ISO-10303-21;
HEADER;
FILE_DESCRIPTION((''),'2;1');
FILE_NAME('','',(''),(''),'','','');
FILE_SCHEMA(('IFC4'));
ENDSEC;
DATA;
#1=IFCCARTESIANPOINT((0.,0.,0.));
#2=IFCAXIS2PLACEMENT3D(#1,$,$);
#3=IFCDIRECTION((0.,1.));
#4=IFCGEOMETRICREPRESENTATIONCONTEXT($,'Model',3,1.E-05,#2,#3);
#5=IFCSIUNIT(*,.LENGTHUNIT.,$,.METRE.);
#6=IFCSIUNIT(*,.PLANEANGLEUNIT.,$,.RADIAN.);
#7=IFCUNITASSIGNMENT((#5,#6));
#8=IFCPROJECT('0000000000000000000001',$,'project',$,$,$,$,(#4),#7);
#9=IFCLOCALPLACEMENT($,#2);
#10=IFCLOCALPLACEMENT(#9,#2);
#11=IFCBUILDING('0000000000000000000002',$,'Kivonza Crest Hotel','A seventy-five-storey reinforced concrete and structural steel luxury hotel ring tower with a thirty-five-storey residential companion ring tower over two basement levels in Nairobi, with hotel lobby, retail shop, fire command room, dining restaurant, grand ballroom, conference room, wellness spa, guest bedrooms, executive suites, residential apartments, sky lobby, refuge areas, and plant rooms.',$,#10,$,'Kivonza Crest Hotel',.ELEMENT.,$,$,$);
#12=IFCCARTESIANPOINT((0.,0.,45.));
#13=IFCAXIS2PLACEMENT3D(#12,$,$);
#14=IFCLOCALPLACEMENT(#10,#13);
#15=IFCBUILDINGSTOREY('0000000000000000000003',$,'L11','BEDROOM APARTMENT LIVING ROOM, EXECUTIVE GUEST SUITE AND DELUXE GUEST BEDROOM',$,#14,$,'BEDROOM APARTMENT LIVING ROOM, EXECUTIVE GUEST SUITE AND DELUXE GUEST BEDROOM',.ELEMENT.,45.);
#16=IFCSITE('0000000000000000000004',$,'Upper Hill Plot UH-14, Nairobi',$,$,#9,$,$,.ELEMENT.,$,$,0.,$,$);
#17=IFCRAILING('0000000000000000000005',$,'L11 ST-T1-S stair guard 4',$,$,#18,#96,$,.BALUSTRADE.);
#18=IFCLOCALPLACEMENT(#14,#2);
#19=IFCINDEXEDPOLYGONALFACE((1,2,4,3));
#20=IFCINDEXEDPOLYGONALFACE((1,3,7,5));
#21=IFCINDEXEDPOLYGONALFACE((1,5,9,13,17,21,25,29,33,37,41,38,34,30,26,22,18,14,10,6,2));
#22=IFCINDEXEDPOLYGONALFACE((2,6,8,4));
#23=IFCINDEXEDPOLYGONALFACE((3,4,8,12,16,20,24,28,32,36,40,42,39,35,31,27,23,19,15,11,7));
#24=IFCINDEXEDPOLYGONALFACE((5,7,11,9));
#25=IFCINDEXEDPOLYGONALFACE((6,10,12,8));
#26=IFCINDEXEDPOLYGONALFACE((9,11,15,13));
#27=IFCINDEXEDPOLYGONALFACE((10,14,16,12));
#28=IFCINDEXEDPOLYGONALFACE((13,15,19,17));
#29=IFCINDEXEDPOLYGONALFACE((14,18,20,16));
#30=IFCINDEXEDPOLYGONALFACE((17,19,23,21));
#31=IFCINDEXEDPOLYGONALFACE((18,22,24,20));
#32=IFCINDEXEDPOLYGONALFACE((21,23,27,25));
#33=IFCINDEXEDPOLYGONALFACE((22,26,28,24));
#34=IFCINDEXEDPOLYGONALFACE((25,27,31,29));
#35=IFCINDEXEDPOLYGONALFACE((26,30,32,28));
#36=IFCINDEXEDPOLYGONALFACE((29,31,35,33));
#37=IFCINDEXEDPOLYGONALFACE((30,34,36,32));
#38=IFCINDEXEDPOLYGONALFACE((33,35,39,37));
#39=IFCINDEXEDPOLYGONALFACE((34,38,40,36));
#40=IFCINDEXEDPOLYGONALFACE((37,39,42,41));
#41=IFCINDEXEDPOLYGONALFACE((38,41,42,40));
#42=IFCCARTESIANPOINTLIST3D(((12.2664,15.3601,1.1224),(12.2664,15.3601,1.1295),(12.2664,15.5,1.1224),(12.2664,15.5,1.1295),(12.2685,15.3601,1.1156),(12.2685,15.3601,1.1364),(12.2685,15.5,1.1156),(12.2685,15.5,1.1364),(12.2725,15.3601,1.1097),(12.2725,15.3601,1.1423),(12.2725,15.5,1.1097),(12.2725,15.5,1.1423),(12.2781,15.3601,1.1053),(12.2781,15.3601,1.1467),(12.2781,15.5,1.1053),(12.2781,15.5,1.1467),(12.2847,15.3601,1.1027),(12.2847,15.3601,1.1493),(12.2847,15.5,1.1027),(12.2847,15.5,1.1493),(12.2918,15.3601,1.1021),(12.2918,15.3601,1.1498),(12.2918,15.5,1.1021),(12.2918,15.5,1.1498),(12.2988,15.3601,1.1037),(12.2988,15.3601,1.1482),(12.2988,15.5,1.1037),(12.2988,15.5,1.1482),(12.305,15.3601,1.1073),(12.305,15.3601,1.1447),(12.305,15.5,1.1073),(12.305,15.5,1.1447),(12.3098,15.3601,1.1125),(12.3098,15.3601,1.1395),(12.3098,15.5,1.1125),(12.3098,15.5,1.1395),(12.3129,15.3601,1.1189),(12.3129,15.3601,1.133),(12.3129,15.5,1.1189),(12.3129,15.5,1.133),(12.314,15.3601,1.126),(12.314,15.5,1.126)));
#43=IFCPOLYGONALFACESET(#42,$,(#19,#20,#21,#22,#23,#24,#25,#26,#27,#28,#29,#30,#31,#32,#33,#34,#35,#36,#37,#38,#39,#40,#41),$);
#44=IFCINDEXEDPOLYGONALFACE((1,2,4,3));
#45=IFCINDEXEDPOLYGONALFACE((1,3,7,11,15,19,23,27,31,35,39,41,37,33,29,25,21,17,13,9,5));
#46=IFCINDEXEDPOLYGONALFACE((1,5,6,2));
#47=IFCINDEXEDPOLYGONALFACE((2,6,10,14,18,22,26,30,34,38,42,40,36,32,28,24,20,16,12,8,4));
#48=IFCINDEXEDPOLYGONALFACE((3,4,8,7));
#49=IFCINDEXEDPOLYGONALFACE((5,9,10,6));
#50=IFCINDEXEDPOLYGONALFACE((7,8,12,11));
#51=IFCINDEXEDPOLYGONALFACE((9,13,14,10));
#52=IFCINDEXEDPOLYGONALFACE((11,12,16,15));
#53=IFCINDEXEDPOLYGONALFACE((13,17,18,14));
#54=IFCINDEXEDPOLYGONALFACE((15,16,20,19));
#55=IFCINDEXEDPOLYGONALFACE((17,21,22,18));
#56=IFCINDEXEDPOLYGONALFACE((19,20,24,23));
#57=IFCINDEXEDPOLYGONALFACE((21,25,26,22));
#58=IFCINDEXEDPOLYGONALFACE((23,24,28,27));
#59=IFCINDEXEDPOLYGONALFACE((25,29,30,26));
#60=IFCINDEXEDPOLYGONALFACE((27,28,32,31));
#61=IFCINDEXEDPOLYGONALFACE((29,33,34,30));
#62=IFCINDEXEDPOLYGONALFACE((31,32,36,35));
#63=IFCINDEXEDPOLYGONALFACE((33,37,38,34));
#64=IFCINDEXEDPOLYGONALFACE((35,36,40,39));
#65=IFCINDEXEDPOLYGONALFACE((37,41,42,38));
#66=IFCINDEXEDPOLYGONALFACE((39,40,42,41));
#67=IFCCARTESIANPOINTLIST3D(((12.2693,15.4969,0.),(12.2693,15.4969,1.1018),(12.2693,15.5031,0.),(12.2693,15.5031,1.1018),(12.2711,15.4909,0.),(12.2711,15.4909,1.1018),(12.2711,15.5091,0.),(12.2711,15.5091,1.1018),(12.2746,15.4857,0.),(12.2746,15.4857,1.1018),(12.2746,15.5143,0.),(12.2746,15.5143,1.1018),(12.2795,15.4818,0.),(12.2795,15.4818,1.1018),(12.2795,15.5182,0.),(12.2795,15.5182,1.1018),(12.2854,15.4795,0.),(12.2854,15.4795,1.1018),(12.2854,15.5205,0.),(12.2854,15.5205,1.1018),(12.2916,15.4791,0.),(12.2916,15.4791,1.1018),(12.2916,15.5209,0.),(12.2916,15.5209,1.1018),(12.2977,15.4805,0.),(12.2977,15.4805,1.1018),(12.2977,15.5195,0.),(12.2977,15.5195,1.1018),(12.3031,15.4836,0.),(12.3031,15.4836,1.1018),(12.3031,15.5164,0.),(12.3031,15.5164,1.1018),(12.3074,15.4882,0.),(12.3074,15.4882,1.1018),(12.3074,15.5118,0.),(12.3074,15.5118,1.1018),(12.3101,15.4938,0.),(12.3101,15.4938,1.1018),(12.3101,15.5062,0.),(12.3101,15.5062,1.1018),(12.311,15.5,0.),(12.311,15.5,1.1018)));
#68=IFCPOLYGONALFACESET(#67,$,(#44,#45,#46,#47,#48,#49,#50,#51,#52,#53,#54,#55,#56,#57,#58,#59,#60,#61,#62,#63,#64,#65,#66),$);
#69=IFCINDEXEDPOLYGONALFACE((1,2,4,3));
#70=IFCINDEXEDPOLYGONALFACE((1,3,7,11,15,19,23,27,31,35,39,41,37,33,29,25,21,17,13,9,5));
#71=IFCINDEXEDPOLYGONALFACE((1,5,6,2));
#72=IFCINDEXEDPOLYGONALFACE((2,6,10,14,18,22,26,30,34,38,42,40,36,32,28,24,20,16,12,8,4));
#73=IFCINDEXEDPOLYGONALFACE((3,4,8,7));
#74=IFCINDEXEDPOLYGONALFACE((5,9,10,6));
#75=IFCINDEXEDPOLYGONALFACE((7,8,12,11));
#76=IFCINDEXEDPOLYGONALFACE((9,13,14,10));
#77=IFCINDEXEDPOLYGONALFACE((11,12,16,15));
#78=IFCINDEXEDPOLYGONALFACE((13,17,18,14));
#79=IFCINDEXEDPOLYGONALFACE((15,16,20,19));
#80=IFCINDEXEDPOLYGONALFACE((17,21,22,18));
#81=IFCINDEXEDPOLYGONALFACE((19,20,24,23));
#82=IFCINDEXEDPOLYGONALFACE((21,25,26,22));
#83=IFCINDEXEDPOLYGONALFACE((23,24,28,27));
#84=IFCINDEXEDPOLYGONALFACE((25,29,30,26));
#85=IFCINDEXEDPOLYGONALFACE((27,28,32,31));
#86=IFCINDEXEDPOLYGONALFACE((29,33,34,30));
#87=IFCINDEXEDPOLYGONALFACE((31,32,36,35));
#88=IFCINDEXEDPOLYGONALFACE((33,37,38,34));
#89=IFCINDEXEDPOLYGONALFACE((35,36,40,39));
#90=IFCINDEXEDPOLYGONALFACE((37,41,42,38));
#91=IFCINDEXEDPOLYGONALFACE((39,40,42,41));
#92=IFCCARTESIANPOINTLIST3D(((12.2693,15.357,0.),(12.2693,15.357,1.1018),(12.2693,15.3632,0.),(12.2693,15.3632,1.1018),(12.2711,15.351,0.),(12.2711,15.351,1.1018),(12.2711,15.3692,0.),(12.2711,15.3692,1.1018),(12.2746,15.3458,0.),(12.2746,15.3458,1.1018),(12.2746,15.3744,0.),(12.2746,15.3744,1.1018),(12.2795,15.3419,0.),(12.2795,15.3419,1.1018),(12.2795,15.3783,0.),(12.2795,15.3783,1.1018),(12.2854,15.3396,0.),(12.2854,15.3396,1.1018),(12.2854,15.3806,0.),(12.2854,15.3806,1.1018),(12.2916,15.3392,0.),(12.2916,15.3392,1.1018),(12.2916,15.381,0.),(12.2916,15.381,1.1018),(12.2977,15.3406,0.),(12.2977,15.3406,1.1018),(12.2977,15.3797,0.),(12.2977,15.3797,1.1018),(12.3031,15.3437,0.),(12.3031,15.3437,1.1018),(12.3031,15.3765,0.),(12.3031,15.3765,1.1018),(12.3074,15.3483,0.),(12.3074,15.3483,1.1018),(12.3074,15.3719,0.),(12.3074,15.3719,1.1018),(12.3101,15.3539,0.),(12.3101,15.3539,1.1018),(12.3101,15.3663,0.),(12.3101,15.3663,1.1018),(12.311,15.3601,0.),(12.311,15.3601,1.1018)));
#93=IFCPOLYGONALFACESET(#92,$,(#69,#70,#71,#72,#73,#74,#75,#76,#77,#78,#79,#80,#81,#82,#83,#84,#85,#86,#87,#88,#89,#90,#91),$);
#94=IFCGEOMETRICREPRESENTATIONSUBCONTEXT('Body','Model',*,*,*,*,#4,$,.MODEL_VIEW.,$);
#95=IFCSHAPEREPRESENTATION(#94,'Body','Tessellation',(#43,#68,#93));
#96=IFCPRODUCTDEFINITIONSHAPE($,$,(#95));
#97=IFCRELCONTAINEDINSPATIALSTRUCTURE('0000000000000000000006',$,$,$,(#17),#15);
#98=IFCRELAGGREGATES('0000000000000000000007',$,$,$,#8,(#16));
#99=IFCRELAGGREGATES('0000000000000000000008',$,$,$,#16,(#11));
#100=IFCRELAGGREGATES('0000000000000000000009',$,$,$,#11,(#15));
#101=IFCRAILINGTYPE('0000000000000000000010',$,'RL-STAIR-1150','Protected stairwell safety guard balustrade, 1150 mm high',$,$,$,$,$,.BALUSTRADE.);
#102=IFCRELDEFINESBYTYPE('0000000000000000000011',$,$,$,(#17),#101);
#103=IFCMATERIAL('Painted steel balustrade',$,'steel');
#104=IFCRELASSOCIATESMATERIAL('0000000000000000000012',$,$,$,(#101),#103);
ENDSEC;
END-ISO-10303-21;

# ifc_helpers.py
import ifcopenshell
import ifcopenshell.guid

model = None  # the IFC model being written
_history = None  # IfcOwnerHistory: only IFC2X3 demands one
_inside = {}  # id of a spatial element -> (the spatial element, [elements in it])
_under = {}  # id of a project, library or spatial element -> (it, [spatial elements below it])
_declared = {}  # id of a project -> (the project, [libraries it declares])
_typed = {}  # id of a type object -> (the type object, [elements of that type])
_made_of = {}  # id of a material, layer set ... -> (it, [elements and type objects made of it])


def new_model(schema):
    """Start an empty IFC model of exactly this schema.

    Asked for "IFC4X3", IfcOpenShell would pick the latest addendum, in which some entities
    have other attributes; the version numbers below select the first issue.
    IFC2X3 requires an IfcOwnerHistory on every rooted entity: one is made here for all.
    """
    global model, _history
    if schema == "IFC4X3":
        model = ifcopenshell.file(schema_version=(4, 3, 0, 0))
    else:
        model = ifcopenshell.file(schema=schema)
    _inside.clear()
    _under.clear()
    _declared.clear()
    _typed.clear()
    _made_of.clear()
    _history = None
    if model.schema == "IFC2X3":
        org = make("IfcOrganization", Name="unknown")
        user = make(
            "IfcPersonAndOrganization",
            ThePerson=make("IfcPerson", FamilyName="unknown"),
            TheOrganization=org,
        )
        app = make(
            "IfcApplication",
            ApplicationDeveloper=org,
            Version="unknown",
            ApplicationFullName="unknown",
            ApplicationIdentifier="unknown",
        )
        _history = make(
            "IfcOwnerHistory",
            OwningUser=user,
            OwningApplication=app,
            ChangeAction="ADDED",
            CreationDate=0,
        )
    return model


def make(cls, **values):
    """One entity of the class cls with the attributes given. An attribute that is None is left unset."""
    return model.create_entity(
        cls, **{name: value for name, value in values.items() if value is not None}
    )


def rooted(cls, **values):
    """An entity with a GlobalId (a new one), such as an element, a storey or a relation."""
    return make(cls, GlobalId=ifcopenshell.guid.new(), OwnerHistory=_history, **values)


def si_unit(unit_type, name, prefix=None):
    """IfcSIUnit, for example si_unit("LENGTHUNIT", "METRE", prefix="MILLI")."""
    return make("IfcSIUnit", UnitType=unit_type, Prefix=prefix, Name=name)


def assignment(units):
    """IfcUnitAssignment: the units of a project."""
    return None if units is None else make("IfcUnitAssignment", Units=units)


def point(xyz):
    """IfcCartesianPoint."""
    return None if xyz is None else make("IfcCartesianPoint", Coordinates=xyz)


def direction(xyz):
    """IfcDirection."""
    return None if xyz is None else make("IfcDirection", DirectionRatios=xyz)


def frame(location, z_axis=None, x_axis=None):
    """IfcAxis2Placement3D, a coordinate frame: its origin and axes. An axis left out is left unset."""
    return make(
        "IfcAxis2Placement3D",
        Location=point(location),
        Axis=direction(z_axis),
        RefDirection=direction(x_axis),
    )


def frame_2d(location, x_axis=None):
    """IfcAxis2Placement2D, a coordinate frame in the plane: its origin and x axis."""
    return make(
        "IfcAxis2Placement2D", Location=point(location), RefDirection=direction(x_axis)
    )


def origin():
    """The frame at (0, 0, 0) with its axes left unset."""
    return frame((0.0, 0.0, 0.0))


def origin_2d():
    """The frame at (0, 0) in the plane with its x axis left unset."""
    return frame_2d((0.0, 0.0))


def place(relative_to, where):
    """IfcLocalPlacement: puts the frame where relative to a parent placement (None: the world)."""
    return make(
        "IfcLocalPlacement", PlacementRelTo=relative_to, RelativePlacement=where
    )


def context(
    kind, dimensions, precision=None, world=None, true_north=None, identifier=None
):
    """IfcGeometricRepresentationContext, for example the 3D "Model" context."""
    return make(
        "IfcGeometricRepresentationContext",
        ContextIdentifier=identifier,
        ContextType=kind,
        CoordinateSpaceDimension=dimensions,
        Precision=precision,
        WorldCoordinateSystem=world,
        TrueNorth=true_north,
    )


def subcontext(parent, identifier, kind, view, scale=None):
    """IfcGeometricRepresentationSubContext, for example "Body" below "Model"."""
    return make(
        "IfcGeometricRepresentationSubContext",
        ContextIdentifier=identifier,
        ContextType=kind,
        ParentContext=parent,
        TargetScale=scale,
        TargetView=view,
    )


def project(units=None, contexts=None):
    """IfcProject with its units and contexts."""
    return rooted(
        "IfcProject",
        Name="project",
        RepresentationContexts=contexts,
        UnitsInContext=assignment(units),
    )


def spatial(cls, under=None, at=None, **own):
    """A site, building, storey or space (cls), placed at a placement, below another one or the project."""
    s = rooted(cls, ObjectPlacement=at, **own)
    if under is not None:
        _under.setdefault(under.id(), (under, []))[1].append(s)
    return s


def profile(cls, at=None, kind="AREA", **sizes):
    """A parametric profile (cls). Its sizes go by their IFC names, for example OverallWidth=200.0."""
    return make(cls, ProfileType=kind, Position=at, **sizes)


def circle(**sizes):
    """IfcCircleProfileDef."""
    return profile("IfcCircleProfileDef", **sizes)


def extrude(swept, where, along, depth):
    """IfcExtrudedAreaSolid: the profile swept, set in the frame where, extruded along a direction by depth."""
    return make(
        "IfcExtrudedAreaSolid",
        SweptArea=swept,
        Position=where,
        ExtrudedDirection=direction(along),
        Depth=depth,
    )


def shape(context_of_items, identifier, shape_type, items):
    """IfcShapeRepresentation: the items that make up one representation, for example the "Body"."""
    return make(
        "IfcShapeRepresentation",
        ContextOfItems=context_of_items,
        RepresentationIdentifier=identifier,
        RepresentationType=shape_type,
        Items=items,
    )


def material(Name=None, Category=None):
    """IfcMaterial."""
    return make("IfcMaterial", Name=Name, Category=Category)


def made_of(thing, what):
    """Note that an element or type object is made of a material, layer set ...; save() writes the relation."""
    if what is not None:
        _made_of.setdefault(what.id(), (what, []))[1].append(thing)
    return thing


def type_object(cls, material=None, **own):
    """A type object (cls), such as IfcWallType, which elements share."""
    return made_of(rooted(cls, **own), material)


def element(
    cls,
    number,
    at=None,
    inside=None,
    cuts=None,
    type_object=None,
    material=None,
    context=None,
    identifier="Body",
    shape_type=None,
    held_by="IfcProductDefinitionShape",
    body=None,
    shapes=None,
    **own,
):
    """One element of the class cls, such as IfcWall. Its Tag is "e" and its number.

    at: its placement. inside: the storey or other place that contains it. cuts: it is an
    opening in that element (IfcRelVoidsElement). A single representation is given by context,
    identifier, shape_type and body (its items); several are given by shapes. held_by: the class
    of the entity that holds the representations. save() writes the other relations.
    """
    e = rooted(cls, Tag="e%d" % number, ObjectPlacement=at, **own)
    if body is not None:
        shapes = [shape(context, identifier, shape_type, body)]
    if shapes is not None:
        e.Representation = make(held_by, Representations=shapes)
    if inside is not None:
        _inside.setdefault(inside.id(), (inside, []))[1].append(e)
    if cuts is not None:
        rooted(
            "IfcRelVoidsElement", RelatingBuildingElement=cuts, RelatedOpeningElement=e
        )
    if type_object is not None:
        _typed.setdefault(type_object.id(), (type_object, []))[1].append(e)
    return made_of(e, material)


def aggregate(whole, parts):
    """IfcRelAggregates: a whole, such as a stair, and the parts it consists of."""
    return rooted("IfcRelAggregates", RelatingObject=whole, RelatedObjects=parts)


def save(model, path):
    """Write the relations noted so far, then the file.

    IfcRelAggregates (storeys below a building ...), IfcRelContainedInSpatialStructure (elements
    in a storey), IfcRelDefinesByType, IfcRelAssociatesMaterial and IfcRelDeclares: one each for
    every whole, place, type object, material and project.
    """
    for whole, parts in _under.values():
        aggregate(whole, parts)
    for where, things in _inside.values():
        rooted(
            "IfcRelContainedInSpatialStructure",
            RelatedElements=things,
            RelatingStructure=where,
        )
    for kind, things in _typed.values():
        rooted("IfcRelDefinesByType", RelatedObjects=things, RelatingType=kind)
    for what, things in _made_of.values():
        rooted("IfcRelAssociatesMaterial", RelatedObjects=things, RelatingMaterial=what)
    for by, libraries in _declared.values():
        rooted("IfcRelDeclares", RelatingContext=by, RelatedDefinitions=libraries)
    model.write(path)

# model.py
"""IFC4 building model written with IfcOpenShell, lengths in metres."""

from ifc_helpers import new_model, si_unit, direction, frame, origin, origin_2d, place, context, subcontext, project, spatial, circle, extrude, material, type_object, element, save


model = new_model("IFC4")

# Units and contexts
model_context = context("Model", 3, precision=1e-05, world=origin(), true_north=direction((0.0, 1.0)))
body_context = subcontext(model_context, "Body", "Model", "MODEL_VIEW")
ifc_project = project(units=[si_unit("LENGTHUNIT", "METRE"), si_unit("PLANEANGLEUNIT", "RADIAN")], contexts=[model_context])

# Site, building, storey
site_placement = place(None, origin())
site = spatial("IfcSite", under=ifc_project, at=site_placement, Name="Upper Hill Plot UH-14, Nairobi", CompositionType="ELEMENT", RefElevation=0.0)
building_placement = place(site_placement, origin())
building = spatial("IfcBuilding", under=site, at=building_placement, Name="Kivonza Crest Hotel", Description="A seventy-five-storey reinforced concrete and structural steel luxury hotel ring tower with a thirty-five-storey residential companion ring tower over two basement levels in Nairobi, with hotel lobby, retail shop, fire command room, dining restaurant, grand ballroom, conference room, wellness spa, guest bedrooms, executive suites, residential apartments, sky lobby, refuge areas, and plant rooms.", LongName="Kivonza Crest Hotel", CompositionType="ELEMENT")
storey_placement = place(building_placement, frame((0.0, 0.0, 45.0)))
storey = spatial("IfcBuildingStorey", under=building, at=storey_placement, Name="L11", Description="BEDROOM APARTMENT LIVING ROOM, EXECUTIVE GUEST SUITE AND DELUXE GUEST BEDROOM", LongName="BEDROOM APARTMENT LIVING ROOM, EXECUTIVE GUEST SUITE AND DELUXE GUEST BEDROOM", CompositionType="ELEMENT", Elevation=45.0)

# Railing
ifc_material_1 = material(Name="Painted steel balustrade", Category="steel")
railing_type_1 = type_object("IfcRailingType", Name="RL-STAIR-1150", Description="Protected stairwell safety guard balustrade, 1150 mm high", PredefinedType="BALUSTRADE", material=ifc_material_1)
railing_1_placement = place(storey_placement, frame((12.29, 15.5, 0.0)))
element("IfcRailing", 1, at=railing_1_placement, inside=storey, type_object=railing_type_1, Name="L11 ST-T1-S stair guard 4", PredefinedType="BALUSTRADE", context=body_context, shape_type="SweptSolid", body=[
    extrude(circle(Radius=0.0239, at=origin_2d()), frame((0.0, 0.0, 1.126), z_axis=(0.0, -1.0, 0.0), x_axis=(1.0, 0.0, 0.0)), (0.0, 0.0, 1.0), 0.1399),
    extrude(circle(Radius=0.021, at=origin_2d()), origin(), (0.0, 0.0, 1.0), 1.1018),
    extrude(circle(Radius=0.021, at=origin_2d()), frame((0.0, -0.1399, 0.0)), (0.0, 0.0, 1.0), 1.1018),
])

save(model, "model.ifc")
